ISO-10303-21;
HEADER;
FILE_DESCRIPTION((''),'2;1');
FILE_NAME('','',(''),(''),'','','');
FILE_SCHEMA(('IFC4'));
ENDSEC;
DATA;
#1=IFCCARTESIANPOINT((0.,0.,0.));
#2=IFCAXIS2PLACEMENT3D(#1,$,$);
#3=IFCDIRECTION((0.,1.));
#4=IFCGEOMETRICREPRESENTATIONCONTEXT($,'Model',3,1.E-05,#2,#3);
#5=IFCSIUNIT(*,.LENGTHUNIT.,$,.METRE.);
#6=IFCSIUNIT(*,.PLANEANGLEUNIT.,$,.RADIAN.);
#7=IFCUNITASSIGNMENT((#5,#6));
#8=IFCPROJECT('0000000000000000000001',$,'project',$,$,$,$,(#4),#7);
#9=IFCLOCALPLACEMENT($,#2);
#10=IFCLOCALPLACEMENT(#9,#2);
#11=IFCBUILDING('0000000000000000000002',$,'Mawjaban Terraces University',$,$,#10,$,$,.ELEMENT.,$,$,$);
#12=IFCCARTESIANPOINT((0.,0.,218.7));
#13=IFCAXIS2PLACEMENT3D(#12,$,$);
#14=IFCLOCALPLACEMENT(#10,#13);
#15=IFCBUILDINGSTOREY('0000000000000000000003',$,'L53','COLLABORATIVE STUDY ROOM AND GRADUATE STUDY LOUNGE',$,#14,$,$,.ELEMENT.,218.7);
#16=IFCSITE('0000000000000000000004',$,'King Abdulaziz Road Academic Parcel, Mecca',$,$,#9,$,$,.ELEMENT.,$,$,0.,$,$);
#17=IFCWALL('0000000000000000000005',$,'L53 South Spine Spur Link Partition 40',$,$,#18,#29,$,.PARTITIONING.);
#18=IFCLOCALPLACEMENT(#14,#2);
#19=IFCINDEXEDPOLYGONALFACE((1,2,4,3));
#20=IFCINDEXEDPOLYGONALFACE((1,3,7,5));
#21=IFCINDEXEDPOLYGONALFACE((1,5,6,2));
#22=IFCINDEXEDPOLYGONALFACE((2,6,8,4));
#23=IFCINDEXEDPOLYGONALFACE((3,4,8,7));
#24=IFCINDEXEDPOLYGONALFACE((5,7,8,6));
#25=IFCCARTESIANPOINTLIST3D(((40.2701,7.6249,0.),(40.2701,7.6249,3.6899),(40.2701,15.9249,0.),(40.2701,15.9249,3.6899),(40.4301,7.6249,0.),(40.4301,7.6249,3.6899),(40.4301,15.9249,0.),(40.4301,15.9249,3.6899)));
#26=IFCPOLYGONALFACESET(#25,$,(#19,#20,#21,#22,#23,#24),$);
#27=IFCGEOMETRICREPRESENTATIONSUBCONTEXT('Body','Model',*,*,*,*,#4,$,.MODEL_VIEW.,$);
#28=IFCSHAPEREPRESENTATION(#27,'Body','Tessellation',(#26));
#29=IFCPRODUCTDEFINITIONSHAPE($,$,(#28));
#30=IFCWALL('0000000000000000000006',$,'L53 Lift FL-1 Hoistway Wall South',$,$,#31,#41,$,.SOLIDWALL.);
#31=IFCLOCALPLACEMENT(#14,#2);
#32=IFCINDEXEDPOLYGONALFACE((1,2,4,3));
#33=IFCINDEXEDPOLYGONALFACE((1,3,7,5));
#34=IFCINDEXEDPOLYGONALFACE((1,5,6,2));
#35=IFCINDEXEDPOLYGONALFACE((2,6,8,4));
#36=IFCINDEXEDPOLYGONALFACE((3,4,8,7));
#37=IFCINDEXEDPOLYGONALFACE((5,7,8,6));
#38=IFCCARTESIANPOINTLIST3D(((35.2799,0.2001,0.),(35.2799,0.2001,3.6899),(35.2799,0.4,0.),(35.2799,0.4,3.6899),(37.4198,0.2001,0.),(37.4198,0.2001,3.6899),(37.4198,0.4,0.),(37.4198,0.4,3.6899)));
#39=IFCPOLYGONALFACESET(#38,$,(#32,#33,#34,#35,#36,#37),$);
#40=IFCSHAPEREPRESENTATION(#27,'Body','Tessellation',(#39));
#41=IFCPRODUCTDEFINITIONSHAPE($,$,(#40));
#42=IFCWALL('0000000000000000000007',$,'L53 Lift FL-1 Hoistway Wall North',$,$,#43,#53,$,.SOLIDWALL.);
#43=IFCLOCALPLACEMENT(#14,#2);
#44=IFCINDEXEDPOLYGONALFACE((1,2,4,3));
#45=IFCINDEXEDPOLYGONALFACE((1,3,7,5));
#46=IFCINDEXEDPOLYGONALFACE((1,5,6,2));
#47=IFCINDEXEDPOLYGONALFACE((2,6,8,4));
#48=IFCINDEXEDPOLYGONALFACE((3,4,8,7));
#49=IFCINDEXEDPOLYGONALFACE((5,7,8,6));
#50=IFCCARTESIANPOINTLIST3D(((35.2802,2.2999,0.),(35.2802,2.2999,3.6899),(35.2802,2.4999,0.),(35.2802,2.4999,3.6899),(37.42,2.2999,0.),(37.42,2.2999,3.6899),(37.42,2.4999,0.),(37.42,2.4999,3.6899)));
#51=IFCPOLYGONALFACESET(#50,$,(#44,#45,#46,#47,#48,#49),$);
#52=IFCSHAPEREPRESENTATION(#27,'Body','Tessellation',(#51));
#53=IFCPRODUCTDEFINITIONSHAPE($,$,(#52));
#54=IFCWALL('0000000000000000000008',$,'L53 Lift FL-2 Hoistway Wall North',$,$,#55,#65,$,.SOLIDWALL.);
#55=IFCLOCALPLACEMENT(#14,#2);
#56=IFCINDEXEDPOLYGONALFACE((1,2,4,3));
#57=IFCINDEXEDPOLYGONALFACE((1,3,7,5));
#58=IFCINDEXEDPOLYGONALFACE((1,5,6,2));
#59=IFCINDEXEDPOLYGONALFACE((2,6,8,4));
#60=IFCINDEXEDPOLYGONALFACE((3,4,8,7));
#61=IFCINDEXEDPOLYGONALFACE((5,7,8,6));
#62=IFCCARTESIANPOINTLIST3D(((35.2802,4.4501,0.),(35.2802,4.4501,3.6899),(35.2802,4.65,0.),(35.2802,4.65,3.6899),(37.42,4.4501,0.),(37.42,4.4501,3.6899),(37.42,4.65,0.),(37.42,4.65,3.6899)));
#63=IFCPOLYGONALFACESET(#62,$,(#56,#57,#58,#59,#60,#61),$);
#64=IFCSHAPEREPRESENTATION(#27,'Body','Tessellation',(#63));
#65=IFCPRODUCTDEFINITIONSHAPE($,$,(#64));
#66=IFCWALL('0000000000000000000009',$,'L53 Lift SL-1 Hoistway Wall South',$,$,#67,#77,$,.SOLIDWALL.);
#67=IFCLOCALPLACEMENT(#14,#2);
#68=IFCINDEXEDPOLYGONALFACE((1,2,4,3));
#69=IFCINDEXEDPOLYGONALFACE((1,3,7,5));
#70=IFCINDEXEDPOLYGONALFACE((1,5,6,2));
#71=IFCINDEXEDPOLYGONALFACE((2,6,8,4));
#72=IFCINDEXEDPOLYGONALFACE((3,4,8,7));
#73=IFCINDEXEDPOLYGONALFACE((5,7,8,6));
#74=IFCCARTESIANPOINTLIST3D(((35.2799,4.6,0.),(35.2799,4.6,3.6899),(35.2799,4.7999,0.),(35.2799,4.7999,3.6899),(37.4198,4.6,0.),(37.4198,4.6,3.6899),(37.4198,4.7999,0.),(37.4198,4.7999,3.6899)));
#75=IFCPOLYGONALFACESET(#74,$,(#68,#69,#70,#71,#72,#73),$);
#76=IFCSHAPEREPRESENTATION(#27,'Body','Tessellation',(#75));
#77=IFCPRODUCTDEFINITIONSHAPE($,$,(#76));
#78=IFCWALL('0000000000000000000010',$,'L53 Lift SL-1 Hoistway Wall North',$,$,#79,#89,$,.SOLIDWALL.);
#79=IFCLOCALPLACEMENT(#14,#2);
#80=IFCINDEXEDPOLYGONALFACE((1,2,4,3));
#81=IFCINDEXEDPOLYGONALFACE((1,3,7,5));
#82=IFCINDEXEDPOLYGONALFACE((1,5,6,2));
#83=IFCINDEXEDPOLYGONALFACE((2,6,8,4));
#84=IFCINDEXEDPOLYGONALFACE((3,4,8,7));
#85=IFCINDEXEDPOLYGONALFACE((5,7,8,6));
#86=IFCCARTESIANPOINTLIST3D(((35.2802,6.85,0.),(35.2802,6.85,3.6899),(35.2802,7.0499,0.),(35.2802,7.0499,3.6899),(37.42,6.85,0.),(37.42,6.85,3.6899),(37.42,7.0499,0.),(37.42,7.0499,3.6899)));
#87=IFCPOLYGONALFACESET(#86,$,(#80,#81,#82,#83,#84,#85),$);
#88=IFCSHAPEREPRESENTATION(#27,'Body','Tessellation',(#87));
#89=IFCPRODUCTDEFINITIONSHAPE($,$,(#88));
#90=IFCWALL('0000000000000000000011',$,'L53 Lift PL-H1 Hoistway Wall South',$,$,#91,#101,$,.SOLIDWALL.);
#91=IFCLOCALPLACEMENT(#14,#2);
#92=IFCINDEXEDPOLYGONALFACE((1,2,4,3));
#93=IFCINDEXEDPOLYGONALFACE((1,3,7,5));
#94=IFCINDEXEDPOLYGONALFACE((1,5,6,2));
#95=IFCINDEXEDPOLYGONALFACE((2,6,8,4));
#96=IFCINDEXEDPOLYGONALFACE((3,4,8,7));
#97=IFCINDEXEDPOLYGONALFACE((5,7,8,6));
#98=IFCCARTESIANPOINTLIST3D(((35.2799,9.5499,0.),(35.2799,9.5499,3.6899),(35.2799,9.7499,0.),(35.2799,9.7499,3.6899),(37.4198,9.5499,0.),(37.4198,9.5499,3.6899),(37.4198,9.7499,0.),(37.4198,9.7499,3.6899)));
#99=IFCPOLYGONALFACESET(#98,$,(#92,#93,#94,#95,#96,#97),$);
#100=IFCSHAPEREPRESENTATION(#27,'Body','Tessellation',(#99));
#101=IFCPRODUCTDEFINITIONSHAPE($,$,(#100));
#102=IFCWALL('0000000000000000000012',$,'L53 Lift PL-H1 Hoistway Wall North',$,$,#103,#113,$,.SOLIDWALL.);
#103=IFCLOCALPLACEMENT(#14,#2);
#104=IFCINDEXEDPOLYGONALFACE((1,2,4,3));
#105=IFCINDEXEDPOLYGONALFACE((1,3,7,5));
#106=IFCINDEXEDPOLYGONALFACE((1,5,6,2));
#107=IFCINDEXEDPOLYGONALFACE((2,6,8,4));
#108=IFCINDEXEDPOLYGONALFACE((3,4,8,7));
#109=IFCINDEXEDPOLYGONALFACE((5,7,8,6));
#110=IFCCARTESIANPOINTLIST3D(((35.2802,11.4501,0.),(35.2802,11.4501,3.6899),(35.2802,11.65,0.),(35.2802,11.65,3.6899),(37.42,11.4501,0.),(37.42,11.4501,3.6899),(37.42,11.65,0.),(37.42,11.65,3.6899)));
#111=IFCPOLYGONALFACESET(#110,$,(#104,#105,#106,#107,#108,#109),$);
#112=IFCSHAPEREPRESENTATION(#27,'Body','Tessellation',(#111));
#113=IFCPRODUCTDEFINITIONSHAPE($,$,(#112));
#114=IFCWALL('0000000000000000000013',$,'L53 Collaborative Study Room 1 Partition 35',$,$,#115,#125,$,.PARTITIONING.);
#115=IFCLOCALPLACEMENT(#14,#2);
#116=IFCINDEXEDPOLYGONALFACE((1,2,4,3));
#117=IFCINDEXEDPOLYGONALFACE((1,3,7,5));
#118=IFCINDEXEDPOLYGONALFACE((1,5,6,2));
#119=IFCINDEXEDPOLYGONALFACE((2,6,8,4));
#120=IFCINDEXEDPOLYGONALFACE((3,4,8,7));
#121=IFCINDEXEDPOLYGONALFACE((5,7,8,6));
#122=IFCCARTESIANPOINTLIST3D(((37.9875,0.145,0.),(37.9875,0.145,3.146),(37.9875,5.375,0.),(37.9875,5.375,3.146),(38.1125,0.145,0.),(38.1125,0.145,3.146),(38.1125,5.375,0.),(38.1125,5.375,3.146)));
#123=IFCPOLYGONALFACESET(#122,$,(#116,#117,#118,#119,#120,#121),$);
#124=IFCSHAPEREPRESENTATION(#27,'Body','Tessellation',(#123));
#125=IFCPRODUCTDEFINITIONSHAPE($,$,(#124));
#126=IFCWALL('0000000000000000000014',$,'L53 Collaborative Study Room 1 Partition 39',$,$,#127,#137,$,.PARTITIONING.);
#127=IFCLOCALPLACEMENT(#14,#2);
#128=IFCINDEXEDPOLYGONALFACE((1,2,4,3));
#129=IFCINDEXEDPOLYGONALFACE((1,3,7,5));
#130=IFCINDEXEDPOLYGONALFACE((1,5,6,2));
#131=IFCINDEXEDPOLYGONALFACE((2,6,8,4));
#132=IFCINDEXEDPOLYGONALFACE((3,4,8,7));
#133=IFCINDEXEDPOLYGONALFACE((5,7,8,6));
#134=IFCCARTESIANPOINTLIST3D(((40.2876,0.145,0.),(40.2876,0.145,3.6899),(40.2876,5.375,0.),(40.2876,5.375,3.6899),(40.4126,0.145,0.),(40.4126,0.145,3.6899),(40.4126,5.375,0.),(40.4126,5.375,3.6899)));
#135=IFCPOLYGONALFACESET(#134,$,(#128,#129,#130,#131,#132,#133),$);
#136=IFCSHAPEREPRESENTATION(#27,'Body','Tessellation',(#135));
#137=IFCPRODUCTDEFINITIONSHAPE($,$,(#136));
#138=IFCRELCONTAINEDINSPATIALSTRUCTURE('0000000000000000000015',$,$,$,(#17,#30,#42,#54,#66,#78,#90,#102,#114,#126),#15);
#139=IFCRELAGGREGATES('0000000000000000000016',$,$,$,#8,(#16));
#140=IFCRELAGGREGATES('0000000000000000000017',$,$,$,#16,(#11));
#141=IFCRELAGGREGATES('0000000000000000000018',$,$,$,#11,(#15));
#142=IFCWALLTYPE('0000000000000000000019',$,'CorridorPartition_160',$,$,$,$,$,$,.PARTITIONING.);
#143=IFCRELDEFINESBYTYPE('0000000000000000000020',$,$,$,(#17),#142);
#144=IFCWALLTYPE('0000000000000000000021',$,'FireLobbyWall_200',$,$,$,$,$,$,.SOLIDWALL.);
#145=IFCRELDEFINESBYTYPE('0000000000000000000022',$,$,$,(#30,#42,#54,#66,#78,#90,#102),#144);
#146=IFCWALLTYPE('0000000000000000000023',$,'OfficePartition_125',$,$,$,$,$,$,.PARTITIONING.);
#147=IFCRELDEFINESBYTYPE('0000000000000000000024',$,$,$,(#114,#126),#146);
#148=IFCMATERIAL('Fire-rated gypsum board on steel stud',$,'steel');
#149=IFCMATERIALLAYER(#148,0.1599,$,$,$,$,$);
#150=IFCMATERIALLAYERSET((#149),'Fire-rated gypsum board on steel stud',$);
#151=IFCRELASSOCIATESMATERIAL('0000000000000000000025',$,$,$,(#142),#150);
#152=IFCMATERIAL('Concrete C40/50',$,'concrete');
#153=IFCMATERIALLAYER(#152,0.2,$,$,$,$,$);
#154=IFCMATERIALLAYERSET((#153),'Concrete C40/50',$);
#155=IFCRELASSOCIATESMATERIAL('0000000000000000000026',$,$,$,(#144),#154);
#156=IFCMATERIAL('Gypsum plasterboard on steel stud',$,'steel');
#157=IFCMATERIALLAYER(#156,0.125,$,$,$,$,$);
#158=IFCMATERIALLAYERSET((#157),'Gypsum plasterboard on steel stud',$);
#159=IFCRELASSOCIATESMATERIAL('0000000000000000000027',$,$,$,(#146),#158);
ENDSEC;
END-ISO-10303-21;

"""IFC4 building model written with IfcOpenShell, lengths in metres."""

from ifc_helpers import new_model, si_unit, direction, frame, frame_2d, origin, place, context, subcontext, project, spatial, rectangle, extrude, material, layer, layer_set, type_object, element, save


model = new_model("IFC4")

# Units and contexts
model_context = context("Model", 3, precision=1e-05, world=origin(), true_north=direction((0.0, 1.0)))
body_context = subcontext(model_context, "Body", "Model", "MODEL_VIEW")
ifc_project = project(units=[si_unit("LENGTHUNIT", "METRE"), si_unit("PLANEANGLEUNIT", "RADIAN")], contexts=[model_context])

# Site, building, storey
site_placement = place(None, origin())
site = spatial("IfcSite", under=ifc_project, at=site_placement, Name="King Abdulaziz Road Academic Parcel, Mecca", CompositionType="ELEMENT", RefElevation=0.0)
building_placement = place(site_placement, origin())
building = spatial("IfcBuilding", under=site, at=building_placement, Name="Mawjaban Terraces University", CompositionType="ELEMENT")
storey_placement = place(building_placement, frame((0.0, 0.0, 218.7)))
storey = spatial("IfcBuildingStorey", under=building, at=storey_placement, Name="L53", Description="COLLABORATIVE STUDY ROOM AND GRADUATE STUDY LOUNGE", CompositionType="ELEMENT", Elevation=218.7)

# Shared definitions
ifc_material_1 = material(Name="Fire-rated gypsum board on steel stud", Category="steel")
ifc_layer_1 = layer(ifc_material_1, 0.1599)
ifc_layer_set_1 = layer_set([ifc_layer_1], Name="Fire-rated gypsum board on steel stud")
wall_type_1 = type_object("IfcWallType", Name="CorridorPartition_160", PredefinedType="PARTITIONING", material=ifc_layer_set_1)

# Walls
wall_1_placement = place(storey_placement, frame((40.3501, 7.625, 0.0), z_axis=(0.0, 0.0, 1.0), x_axis=(0.0, 1.0, 0.0)))
element("IfcWall", 1, at=wall_1_placement, inside=storey, type_object=wall_type_1, Name="L53 South Spine Spur Link Partition 40", PredefinedType="PARTITIONING", context=body_context, shape_type="SweptSolid", body=[
    extrude(rectangle(XDim=8.3, YDim=0.1599, at=frame_2d((4.1499, 0.0))), origin(), (0.0, 0.0, 1.0), 3.6899),
])
ifc_material_2 = material(Name="Concrete C40/50", Category="concrete")
ifc_layer_2 = layer(ifc_material_2, 0.2)
ifc_layer_set_2 = layer_set([ifc_layer_2], Name="Concrete C40/50")
wall_type_2 = type_object("IfcWallType", Name="FireLobbyWall_200", PredefinedType="SOLIDWALL", material=ifc_layer_set_2)
for number, where, z_axis, x_axis, name in (
    (2, (35.28, 0.3, 0.0), (0.0, 0.0, 1.0), (1.0, 0.0, 0.0), "L53 Lift FL-1 Hoistway Wall South"),
    (3, (37.4199, 2.3999, 0.0), (0.0, 0.0, 1.0), (-1.0, 0.0, 0.0), "L53 Lift FL-1 Hoistway Wall North"),
    (4, (37.4199, 4.55, 0.0), (0.0, 0.0, 1.0), (-1.0, 0.0, 0.0), "L53 Lift FL-2 Hoistway Wall North"),
    (5, (35.28, 4.7, 0.0), (0.0, 0.0, 1.0), (1.0, 0.0, 0.0), "L53 Lift SL-1 Hoistway Wall South"),
    (6, (37.4199, 6.95, 0.0), (0.0, 0.0, 1.0), (-1.0, 0.0, 0.0), "L53 Lift SL-1 Hoistway Wall North"),
    (7, (35.28, 9.6499, 0.0), (0.0, 0.0, 1.0), (1.0, 0.0, 0.0), "L53 Lift PL-H1 Hoistway Wall South"),
    (8, (37.4199, 11.55, 0.0), (0.0, 0.0, 1.0), (-1.0, 0.0, 0.0), "L53 Lift PL-H1 Hoistway Wall North"),
):
    element("IfcWall", number, at=place(storey_placement, frame(where, z_axis=z_axis, x_axis=x_axis)), inside=storey, type_object=wall_type_2, Name=name, PredefinedType="SOLIDWALL", context=body_context, shape_type="SweptSolid", body=[
        extrude(rectangle(XDim=2.1399, YDim=0.2, at=frame_2d((1.0698, 0.0))), origin(), (0.0, 0.0, 1.0), 3.6899),
    ])
ifc_material_3 = material(Name="Gypsum plasterboard on steel stud", Category="steel")
ifc_layer_3 = layer(ifc_material_3, 0.125)
ifc_layer_set_3 = layer_set([ifc_layer_3], Name="Gypsum plasterboard on steel stud")
wall_type_3 = type_object("IfcWallType", Name="OfficePartition_125", PredefinedType="PARTITIONING", material=ifc_layer_set_3)
wall_2_placement = place(storey_placement, frame((38.05, 5.375, 0.0), z_axis=(0.0, 0.0, 1.0), x_axis=(0.0, -1.0, 0.0)))
element("IfcWall", 9, at=wall_2_placement, inside=storey, type_object=wall_type_3, Name="L53 Collaborative Study Room 1 Partition 35", PredefinedType="PARTITIONING", context=body_context, shape_type="SweptSolid", body=[
    extrude(rectangle(XDim=5.23, YDim=0.125, at=frame_2d((2.615, 0.0))), origin(), (0.0, 0.0, 1.0), 3.146),
])
wall_3_placement = place(storey_placement, frame((40.3501, 0.145, 0.0), z_axis=(0.0, 0.0, 1.0), x_axis=(0.0, 1.0, 0.0)))
element("IfcWall", 10, at=wall_3_placement, inside=storey, type_object=wall_type_3, Name="L53 Collaborative Study Room 1 Partition 39", PredefinedType="PARTITIONING", context=body_context, shape_type="SweptSolid", body=[
    extrude(rectangle(XDim=5.23, YDim=0.125, at=frame_2d((2.615, 0.0))), origin(), (0.0, 0.0, 1.0), 3.6899),
])

save(model, "model.ifc")
